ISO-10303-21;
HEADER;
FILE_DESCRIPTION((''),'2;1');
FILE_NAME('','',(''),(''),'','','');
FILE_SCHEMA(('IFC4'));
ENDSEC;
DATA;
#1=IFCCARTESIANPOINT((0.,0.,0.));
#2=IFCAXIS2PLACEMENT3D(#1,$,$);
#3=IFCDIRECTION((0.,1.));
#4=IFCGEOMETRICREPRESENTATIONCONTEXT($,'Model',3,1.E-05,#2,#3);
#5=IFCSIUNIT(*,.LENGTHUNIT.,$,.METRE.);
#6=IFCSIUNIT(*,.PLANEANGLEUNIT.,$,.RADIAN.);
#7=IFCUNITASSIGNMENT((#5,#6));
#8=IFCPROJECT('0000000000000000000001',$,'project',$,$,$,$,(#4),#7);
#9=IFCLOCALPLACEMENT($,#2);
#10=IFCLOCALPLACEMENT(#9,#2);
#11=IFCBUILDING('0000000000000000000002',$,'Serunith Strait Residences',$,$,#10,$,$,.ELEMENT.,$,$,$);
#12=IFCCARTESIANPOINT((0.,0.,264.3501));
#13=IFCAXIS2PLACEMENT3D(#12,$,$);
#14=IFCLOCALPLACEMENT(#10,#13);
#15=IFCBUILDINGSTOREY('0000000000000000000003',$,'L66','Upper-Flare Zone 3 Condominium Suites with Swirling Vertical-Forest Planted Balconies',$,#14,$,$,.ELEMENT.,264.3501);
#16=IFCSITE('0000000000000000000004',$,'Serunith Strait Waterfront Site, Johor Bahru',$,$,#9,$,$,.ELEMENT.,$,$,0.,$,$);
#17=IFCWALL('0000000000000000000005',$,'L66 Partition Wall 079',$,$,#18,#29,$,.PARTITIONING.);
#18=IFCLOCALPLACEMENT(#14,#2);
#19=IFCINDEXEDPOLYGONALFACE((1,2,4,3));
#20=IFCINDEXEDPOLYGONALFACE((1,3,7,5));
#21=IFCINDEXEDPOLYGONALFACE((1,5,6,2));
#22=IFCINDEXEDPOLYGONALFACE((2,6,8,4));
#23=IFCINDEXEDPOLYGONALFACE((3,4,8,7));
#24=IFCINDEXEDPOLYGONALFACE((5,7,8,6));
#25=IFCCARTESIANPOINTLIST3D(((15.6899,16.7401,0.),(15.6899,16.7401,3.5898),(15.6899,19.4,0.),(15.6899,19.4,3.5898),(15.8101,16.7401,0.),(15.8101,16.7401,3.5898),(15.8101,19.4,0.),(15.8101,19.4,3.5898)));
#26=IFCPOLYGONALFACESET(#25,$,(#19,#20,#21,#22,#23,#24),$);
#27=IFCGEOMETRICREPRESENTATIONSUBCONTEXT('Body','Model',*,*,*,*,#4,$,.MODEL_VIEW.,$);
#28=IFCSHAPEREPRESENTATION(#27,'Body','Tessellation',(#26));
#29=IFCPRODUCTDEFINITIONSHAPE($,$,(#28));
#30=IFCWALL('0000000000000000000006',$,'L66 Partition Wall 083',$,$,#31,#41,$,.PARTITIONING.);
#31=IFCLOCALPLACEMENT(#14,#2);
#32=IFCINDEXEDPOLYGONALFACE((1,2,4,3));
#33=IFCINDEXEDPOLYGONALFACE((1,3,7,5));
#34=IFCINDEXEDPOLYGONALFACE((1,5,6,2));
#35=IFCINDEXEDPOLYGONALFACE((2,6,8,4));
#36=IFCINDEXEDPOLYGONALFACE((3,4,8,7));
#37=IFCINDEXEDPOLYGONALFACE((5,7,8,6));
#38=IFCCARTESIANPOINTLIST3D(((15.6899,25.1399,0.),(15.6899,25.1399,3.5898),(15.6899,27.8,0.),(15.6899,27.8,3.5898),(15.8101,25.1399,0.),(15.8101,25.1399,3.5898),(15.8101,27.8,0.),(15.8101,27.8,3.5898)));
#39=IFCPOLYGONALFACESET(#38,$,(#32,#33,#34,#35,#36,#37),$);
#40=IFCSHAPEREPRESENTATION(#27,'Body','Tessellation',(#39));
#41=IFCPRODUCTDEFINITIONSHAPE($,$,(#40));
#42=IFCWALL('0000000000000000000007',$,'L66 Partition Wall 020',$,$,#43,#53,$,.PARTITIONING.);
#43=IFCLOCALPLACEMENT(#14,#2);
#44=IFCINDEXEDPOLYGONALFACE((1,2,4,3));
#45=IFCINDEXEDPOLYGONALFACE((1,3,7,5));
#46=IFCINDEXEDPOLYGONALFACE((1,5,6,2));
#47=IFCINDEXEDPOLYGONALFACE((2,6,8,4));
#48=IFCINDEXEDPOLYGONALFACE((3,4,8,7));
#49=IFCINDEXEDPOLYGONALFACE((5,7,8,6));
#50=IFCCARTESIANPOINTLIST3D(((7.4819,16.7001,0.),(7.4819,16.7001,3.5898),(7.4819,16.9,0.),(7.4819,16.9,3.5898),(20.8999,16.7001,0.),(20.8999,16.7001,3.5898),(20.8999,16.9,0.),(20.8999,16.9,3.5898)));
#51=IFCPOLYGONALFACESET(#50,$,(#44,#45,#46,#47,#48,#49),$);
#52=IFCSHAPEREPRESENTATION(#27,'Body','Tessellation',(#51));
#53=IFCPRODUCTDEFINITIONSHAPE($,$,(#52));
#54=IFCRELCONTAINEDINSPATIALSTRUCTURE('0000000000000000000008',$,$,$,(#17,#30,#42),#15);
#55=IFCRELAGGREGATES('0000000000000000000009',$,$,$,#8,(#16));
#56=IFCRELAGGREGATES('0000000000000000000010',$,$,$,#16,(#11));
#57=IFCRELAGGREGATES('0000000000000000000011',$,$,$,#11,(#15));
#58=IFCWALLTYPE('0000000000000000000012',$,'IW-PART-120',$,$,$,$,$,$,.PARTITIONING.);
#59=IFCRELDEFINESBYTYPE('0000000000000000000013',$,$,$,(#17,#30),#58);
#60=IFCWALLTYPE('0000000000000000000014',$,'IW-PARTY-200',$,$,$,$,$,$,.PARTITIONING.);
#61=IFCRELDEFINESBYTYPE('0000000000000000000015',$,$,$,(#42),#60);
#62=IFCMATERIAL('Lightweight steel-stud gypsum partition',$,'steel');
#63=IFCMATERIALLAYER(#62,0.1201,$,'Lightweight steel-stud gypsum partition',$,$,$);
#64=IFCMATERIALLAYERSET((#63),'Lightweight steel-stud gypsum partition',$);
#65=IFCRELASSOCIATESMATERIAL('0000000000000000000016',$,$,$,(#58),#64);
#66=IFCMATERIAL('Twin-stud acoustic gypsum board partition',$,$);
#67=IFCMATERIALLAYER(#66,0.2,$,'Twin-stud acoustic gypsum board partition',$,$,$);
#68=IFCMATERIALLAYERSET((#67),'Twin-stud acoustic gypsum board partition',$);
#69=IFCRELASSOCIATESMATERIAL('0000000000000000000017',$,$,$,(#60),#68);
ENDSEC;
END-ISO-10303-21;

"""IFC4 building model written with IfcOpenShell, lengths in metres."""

from ifc_helpers import new_model, si_unit, direction, frame, frame_2d, origin, place, context, subcontext, project, spatial, rectangle, extrude, material, layer, layer_set, type_object, element, save


model = new_model("IFC4")

# Units and contexts
model_context = context("Model", 3, precision=1e-05, world=origin(), true_north=direction((0.0, 1.0)))
body_context = subcontext(model_context, "Body", "Model", "MODEL_VIEW")
ifc_project = project(units=[si_unit("LENGTHUNIT", "METRE"), si_unit("PLANEANGLEUNIT", "RADIAN")], contexts=[model_context])

# Site, building, storey
site_placement = place(None, origin())
site = spatial("IfcSite", under=ifc_project, at=site_placement, Name="Serunith Strait Waterfront Site, Johor Bahru", CompositionType="ELEMENT", RefElevation=0.0)
building_placement = place(site_placement, origin())
building = spatial("IfcBuilding", under=site, at=building_placement, Name="Serunith Strait Residences", CompositionType="ELEMENT")
storey_placement = place(building_placement, frame((0.0, 0.0, 264.3501)))
storey = spatial("IfcBuildingStorey", under=building, at=storey_placement, Name="L66", Description="Upper-Flare Zone 3 Condominium Suites with Swirling Vertical-Forest Planted Balconies", CompositionType="ELEMENT", Elevation=264.3501)

# Shared definitions
ifc_material_1 = material(Name="Lightweight steel-stud gypsum partition", Category="steel")
ifc_layer_1 = layer(ifc_material_1, 0.1201, Name="Lightweight steel-stud gypsum partition")
ifc_layer_set_1 = layer_set([ifc_layer_1], Name="Lightweight steel-stud gypsum partition")
wall_type_1 = type_object("IfcWallType", Name="IW-PART-120", PredefinedType="PARTITIONING", material=ifc_layer_set_1)

# Walls
wall_1_placement = place(storey_placement, frame((15.75, 16.74, 0.0), z_axis=(0.0, 0.0, 1.0), x_axis=(0.0, 1.0, 0.0)))
element("IfcWall", 1, at=wall_1_placement, inside=storey, type_object=wall_type_1, Name="L66 Partition Wall 079", PredefinedType="PARTITIONING", context=body_context, shape_type="SweptSolid", body=[
    extrude(rectangle(XDim=2.6599, YDim=0.1201, at=frame_2d((1.3301, 0.0))), origin(), (0.0, 0.0, 1.0), 3.5898),
])
wall_2_placement = place(storey_placement, frame((15.75, 25.1399, 0.0), z_axis=(0.0, 0.0, 1.0), x_axis=(0.0, 1.0, 0.0)))
element("IfcWall", 2, at=wall_2_placement, inside=storey, type_object=wall_type_1, Name="L66 Partition Wall 083", PredefinedType="PARTITIONING", context=body_context, shape_type="SweptSolid", body=[
    extrude(rectangle(XDim=2.6602, YDim=0.1201, at=frame_2d((1.3301, 0.0))), origin(), (0.0, 0.0, 1.0), 3.5898),
])
ifc_material_2 = material(Name="Twin-stud acoustic gypsum board partition")
ifc_layer_2 = layer(ifc_material_2, 0.2, Name="Twin-stud acoustic gypsum board partition")
ifc_layer_set_2 = layer_set([ifc_layer_2], Name="Twin-stud acoustic gypsum board partition")
wall_type_2 = type_object("IfcWallType", Name="IW-PARTY-200", PredefinedType="PARTITIONING", material=ifc_layer_set_2)
wall_3_placement = place(storey_placement, frame((7.4819, 16.8, 0.0), z_axis=(0.0, 0.0, 1.0), x_axis=(1.0, 0.0, 0.0)))
element("IfcWall", 3, at=wall_3_placement, inside=storey, type_object=wall_type_2, Name="L66 Partition Wall 020", PredefinedType="PARTITIONING", context=body_context, shape_type="SweptSolid", body=[
    extrude(rectangle(XDim=13.418, YDim=0.2, at=frame_2d((6.709, 0.0))), origin(), (0.0, 0.0, 1.0), 3.5898),
])

save(model, "model.ifc")
